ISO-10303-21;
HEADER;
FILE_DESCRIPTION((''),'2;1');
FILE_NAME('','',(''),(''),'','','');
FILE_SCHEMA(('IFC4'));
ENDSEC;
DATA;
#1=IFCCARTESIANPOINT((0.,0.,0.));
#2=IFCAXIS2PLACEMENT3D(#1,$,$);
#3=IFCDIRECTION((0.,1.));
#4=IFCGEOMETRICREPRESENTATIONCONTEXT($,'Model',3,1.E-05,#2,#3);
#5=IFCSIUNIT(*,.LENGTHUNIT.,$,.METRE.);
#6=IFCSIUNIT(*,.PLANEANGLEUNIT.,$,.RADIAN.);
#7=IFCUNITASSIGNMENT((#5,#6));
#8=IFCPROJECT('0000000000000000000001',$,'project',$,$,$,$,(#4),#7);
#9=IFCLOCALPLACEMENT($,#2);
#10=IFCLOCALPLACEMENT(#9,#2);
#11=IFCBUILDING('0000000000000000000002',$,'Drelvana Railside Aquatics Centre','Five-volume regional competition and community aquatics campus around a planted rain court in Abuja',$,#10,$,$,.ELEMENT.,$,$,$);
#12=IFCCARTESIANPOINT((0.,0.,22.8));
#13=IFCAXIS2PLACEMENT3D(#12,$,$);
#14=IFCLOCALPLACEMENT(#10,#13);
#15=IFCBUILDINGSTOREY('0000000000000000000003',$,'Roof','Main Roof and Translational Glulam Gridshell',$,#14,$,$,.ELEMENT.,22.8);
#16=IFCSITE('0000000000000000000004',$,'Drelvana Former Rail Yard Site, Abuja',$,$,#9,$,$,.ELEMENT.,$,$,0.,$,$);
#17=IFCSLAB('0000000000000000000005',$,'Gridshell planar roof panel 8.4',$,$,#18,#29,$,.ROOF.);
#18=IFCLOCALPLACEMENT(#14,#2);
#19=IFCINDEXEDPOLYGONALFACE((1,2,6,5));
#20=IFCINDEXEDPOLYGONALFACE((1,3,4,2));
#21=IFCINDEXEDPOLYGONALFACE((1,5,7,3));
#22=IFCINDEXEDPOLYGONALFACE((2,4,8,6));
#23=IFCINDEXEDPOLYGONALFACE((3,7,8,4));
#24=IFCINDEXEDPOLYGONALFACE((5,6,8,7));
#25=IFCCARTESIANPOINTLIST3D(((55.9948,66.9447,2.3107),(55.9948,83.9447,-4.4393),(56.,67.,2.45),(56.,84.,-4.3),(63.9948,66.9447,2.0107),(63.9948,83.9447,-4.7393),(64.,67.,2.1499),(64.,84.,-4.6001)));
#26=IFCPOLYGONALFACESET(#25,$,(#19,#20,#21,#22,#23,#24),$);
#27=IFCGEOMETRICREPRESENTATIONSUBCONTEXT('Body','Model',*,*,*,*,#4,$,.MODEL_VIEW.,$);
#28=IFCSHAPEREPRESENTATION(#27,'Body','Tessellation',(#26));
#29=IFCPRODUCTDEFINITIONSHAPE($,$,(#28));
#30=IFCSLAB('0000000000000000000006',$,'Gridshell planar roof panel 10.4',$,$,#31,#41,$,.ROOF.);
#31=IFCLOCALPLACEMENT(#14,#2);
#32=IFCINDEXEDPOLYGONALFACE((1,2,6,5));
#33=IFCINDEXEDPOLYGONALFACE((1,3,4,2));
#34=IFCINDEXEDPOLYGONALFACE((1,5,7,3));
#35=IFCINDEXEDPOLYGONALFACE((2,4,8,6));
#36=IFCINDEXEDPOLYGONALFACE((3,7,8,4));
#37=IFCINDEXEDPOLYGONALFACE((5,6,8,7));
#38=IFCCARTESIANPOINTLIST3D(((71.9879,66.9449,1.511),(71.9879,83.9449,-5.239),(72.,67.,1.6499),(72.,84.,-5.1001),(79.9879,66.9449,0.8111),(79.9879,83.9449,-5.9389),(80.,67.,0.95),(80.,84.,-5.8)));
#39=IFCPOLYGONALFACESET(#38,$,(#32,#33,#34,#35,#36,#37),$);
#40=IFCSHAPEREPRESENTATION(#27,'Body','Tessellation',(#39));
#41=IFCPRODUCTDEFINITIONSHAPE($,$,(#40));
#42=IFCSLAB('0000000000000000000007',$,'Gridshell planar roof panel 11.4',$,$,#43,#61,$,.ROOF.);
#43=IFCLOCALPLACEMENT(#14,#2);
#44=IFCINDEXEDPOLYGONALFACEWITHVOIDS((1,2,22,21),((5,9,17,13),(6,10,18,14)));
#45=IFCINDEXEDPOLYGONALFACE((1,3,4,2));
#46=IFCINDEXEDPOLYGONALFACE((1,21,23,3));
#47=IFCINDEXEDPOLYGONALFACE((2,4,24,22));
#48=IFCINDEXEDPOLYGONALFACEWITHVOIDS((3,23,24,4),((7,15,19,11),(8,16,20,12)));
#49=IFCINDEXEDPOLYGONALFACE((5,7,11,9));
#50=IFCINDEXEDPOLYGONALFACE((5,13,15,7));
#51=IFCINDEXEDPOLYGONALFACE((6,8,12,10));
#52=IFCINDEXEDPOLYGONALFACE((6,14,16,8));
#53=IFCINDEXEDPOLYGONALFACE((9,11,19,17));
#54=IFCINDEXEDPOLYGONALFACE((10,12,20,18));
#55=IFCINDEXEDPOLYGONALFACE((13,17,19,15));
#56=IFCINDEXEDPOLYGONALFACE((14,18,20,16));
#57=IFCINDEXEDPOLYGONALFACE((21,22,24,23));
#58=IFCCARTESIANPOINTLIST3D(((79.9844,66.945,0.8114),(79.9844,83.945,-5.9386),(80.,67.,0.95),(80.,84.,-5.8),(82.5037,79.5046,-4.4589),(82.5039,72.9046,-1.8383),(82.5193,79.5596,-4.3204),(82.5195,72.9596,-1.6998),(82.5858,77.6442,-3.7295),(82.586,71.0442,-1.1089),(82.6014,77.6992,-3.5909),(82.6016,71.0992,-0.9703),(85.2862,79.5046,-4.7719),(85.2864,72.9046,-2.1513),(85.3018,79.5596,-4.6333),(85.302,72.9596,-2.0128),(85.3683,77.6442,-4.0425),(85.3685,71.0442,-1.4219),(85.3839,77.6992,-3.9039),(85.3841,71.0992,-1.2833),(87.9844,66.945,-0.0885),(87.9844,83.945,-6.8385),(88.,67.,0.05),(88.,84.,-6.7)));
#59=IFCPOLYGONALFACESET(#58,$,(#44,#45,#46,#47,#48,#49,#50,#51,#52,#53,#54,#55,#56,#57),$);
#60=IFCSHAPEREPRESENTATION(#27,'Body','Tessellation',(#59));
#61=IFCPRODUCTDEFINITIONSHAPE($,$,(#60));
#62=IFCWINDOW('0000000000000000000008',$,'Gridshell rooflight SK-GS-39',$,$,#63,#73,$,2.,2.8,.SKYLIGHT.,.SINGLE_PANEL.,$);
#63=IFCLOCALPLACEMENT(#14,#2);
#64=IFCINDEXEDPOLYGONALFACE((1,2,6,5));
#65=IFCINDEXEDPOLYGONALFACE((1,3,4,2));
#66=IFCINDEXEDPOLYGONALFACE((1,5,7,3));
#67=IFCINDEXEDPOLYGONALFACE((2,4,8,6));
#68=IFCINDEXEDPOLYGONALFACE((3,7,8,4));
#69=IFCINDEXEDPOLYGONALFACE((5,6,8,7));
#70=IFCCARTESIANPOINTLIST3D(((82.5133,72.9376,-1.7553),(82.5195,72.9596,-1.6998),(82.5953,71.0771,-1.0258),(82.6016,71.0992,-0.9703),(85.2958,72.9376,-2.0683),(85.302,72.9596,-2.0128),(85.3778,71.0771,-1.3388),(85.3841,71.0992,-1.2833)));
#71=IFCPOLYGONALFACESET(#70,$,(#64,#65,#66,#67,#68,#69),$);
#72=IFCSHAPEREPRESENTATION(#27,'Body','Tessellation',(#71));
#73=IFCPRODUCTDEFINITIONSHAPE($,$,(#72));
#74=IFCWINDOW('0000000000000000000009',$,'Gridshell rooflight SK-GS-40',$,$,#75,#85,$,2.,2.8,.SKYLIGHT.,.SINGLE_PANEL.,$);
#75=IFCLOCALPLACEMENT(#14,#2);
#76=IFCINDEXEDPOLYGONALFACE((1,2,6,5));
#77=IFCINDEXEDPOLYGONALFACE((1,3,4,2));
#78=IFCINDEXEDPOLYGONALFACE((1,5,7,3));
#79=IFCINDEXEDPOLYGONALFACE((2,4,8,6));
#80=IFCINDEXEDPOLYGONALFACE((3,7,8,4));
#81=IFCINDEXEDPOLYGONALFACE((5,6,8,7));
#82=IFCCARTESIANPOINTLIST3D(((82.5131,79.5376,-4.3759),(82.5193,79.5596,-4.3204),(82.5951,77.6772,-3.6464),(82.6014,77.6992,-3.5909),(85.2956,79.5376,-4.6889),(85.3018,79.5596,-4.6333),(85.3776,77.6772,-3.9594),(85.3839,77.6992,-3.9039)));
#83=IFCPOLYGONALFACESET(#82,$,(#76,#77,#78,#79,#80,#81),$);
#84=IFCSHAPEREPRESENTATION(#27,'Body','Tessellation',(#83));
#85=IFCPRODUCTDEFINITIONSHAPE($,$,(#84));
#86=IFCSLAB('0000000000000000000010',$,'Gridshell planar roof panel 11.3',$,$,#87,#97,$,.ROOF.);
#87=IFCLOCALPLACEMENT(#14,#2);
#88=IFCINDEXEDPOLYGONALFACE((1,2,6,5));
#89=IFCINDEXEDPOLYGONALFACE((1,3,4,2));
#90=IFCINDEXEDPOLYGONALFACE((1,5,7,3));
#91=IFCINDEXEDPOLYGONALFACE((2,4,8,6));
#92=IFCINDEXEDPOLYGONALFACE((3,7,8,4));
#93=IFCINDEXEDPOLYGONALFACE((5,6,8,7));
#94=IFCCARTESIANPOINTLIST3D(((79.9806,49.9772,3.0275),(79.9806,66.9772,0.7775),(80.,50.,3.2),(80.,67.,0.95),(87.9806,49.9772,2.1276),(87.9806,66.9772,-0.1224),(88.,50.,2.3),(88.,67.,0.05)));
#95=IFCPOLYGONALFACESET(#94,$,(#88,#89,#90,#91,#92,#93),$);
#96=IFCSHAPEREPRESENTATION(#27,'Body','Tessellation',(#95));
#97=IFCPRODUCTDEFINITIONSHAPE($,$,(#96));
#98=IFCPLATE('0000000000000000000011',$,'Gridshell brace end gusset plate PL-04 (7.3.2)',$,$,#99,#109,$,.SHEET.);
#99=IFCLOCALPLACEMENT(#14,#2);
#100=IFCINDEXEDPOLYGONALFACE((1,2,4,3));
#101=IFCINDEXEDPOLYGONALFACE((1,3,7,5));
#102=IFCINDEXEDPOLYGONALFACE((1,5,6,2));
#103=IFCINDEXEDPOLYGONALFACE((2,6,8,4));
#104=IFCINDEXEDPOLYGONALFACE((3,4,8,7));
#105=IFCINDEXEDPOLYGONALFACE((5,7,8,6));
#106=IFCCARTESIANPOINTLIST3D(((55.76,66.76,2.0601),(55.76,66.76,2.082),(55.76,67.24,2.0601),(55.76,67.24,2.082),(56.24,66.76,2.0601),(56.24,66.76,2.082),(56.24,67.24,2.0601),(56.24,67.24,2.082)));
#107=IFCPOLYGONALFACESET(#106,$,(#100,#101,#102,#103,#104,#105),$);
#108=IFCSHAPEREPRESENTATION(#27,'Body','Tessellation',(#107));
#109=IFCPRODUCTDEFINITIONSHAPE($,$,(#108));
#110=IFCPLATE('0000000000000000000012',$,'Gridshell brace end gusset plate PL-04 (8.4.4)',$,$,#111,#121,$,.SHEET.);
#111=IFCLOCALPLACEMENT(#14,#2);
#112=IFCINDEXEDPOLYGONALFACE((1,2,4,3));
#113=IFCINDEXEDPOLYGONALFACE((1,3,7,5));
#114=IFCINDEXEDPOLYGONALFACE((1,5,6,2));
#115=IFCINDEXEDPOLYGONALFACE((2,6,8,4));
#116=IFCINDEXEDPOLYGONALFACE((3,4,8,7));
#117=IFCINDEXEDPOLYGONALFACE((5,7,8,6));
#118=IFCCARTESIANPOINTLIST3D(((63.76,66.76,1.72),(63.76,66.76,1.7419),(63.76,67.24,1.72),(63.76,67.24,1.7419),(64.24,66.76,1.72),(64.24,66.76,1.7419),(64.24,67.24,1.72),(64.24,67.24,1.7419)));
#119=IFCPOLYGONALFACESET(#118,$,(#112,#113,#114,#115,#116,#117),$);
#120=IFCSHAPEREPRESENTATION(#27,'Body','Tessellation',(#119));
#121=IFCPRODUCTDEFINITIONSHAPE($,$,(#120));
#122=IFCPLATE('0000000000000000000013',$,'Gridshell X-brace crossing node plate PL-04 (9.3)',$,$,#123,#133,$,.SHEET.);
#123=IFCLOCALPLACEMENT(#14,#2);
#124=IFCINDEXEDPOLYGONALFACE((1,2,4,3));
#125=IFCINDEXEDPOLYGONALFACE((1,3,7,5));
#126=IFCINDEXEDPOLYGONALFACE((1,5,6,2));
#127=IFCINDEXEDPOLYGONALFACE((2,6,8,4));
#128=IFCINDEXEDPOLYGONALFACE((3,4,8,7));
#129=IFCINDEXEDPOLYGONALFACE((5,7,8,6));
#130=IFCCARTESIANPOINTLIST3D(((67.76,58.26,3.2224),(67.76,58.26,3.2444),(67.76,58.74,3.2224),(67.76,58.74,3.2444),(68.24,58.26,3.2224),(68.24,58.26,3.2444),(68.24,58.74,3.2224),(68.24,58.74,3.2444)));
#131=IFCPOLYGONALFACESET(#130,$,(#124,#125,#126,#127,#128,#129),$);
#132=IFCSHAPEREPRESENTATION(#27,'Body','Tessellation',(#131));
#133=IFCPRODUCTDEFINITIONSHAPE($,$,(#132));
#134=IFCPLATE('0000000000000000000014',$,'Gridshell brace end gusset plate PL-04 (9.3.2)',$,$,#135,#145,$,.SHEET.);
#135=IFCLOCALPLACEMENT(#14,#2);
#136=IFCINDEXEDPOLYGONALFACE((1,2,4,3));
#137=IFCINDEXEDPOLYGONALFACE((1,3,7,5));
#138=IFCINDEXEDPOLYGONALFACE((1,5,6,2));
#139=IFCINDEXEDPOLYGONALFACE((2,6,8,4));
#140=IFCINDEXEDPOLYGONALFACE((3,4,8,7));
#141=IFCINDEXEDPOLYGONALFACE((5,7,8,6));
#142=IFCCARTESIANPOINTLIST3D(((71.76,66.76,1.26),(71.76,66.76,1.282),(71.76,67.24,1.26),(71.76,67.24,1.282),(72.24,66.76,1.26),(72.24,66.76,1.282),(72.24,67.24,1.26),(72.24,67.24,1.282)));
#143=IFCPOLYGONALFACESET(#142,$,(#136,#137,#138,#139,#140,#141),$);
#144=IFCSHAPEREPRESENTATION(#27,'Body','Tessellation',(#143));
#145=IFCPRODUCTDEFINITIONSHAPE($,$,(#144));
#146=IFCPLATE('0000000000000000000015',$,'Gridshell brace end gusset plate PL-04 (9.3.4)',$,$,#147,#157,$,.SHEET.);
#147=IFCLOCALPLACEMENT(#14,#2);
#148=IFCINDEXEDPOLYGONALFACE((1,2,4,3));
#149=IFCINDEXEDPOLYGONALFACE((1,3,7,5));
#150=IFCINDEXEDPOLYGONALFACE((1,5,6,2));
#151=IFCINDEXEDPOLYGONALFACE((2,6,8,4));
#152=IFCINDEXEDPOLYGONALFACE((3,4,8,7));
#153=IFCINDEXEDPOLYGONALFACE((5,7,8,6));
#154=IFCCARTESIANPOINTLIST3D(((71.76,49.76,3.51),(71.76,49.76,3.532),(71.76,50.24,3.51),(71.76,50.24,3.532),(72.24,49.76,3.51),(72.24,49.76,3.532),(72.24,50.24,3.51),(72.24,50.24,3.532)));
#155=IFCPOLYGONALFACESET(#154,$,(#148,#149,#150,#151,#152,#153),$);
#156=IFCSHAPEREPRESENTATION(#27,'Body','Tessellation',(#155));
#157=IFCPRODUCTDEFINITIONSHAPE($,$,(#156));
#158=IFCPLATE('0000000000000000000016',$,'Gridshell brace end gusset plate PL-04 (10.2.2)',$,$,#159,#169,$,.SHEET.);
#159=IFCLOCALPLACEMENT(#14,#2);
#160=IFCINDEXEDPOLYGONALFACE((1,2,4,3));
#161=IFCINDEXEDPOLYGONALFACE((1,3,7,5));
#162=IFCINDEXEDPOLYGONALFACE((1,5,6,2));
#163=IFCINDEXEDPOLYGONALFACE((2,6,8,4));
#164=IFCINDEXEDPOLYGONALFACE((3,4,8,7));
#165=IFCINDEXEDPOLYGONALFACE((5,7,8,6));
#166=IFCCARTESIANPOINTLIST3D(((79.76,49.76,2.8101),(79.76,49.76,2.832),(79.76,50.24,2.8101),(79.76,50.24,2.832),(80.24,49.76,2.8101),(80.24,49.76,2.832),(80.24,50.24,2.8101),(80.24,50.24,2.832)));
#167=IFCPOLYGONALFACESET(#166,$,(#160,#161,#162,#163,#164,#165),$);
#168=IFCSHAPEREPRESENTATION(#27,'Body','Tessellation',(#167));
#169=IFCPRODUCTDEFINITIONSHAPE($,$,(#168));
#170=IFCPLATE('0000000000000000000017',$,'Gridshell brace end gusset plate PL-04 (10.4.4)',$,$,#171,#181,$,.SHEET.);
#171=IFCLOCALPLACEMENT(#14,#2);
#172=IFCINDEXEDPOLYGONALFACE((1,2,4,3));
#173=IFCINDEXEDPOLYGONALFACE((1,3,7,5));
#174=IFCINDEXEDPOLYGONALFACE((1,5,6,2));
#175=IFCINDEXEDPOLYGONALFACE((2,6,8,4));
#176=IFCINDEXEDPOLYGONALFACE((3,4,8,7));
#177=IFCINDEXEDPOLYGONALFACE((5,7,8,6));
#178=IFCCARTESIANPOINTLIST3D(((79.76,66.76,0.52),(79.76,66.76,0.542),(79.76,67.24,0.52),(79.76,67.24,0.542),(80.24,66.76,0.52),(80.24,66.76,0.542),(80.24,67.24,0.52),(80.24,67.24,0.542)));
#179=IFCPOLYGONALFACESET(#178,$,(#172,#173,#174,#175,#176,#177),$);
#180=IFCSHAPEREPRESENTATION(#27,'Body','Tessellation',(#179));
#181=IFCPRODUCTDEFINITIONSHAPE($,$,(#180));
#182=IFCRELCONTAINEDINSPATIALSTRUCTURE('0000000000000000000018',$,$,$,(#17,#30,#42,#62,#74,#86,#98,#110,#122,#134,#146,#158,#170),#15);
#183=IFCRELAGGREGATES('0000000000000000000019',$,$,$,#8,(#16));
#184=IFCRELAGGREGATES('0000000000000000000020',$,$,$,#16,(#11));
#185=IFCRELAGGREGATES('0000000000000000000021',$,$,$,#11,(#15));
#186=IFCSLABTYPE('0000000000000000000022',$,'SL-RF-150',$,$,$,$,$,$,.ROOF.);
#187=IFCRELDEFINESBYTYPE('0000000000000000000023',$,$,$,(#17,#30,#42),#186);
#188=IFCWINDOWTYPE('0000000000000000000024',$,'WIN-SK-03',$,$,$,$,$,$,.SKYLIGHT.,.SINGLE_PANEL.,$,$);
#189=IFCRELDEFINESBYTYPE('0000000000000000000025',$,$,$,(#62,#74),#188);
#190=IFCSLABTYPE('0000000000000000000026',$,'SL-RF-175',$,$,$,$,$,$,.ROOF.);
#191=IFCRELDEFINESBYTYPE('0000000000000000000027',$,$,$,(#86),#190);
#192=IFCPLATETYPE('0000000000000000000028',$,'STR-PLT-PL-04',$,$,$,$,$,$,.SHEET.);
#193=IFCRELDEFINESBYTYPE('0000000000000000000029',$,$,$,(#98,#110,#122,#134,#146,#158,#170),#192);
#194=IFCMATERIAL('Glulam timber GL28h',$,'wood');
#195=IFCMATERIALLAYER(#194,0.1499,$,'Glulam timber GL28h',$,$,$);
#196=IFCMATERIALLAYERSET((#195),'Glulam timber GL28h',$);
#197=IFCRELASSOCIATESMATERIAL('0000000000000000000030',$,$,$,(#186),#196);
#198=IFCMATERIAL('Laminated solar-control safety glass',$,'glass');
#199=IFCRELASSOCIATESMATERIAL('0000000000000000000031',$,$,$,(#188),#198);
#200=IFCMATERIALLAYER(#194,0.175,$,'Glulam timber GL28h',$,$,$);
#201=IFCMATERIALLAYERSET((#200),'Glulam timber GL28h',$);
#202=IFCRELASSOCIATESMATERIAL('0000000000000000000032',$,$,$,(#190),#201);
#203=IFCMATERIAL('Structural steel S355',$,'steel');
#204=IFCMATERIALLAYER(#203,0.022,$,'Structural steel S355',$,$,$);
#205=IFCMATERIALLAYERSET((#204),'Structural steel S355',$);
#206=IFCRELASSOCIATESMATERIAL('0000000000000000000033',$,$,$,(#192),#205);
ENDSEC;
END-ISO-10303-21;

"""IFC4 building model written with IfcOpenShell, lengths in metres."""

from ifc_helpers import new_model, si_unit, direction, frame, origin, origin_2d, place, context, subcontext, project, spatial, polyline, rectangle, outline, extrude, material, layer, layer_set, type_object, element, fill, save


model = new_model("IFC4")

# Units and contexts
model_context = context("Model", 3, precision=1e-05, world=origin(), true_north=direction((0.0, 1.0)))
body_context = subcontext(model_context, "Body", "Model", "MODEL_VIEW")
ifc_project = project(units=[si_unit("LENGTHUNIT", "METRE"), si_unit("PLANEANGLEUNIT", "RADIAN")], contexts=[model_context])

# Site, building, storey
site_placement = place(None, origin())
site = spatial("IfcSite", under=ifc_project, at=site_placement, Name="Drelvana Former Rail Yard Site, Abuja", CompositionType="ELEMENT", RefElevation=0.0)
building_placement = place(site_placement, origin())
building = spatial("IfcBuilding", under=site, at=building_placement, Name="Drelvana Railside Aquatics Centre", Description="Five-volume regional competition and community aquatics campus around a planted rain court in Abuja", CompositionType="ELEMENT")
storey_placement = place(building_placement, frame((0.0, 0.0, 22.8)))
storey = spatial("IfcBuildingStorey", under=building, at=storey_placement, Name="Roof", Description="Main Roof and Translational Glulam Gridshell", CompositionType="ELEMENT", Elevation=22.8)

# Shared definitions
ifc_material_1 = material(Name="Glulam timber GL28h", Category="wood")

# Slab
ifc_layer_1 = layer(ifc_material_1, 0.1499, Name="Glulam timber GL28h")
ifc_layer_set_1 = layer_set([ifc_layer_1], Name="Glulam timber GL28h")
slab_type_1 = type_object("IfcSlabType", Name="SL-RF-150", PredefinedType="ROOF", material=ifc_layer_set_1)
slab_1_placement = place(storey_placement, frame((56.0, 67.0, 2.45), z_axis=(0.034838, 0.368809, 0.928852), x_axis=(0.999297, 0.0, -0.03748)))
element("IfcSlab", 1, at=slab_1_placement, inside=storey, type_object=slab_type_1, Name="Gridshell planar roof panel 8.4", PredefinedType="ROOF", context=body_context, shape_type="SweptSolid", body=[
    extrude(outline(polyline([(0.0, 0.0), (8.0056, 0.0), (8.2586, 18.2893), (0.253, 18.2893), (0.0, 0.0)])), origin(), (0.0, 0.0, -1.0), 0.1499),
])

# Shared definitions
ifc_material_2 = material(Name="Laminated solar-control safety glass", Category="glass")
window_type_1 = type_object("IfcWindowType", Name="WIN-SK-03", PartitioningType="SINGLE_PANEL", PredefinedType="SKYLIGHT", material=ifc_material_2)

# Slab
slab_2_placement = place(storey_placement, frame((72.0, 67.0, 1.6499), z_axis=(0.081051, 0.367819, 0.926359), x_axis=(0.996194, 0.0, -0.087161)))
element("IfcSlab", 2, at=slab_2_placement, inside=storey, type_object=slab_type_1, Name="Gridshell planar roof panel 10.4", PredefinedType="ROOF", context=body_context, shape_type="SweptSolid", body=[
    extrude(outline(polyline([(0.0, 0.0), (8.0306, 0.0), (8.6189, 18.2816), (0.5883, 18.2816), (0.0, 0.0)])), origin(), (0.0, 0.0, -1.0), 0.1499),
])

# Slab, openings, windows
slab_3_placement = place(storey_placement, frame((80.0, 67.0, 0.95), z_axis=(0.103981, 0.367033, 0.924378), x_axis=(0.993733, 0.0, -0.111783)))
slab_3 = element("IfcSlab", 3, at=slab_3_placement, inside=storey, type_object=slab_type_1, Name="Gridshell planar roof panel 11.4", PredefinedType="ROOF", context=body_context, shape_type="SweptSolid", body=[
    extrude(outline(polyline([(0.0, 0.0), (8.0505, 0.0), (8.805, 18.2755), (0.7545, 18.2755), (0.0, 0.0)])), origin(), (0.0, 0.0, -1.0), 0.1499),
])
opening_1_placement = place(slab_3_placement, frame((4.2, 5.4067, 0.01)))
opening_1 = element("IfcOpeningElement", 4, at=opening_1_placement, cuts=slab_3, PredefinedType="OPENING", context=body_context, shape_type="SweptSolid", body=[
    extrude(rectangle(XDim=2.8, YDim=2.0, at=origin_2d()), origin(), (0.0, 0.0, -1.0), 0.1699),
])
opening_2_placement = place(slab_3_placement, frame((4.4927, 12.502, 0.01)))
opening_2 = element("IfcOpeningElement", 5, at=opening_2_placement, cuts=slab_3, PredefinedType="OPENING", context=body_context, shape_type="SweptSolid", body=[
    extrude(rectangle(XDim=2.8, YDim=2.0, at=origin_2d()), origin(), (0.0, 0.0, -1.0), 0.1699),
])
window_1_placement = place(slab_3_placement, frame((4.2, 5.4067, 0.0)))
window_1 = element("IfcWindow", 6, at=window_1_placement, inside=storey, type_object=window_type_1, Name="Gridshell rooflight SK-GS-39", OverallHeight=2.0, OverallWidth=2.8, PartitioningType="SINGLE_PANEL", PredefinedType="SKYLIGHT", context=body_context, shape_type="SweptSolid", body=[
    extrude(rectangle(XDim=2.8, YDim=2.0, at=origin_2d()), origin(), (0.0, 0.0, -1.0), 0.0601),
])
fill(opening_1, window_1)
window_2_placement = place(slab_3_placement, frame((4.4927, 12.502, 0.0)))
window_2 = element("IfcWindow", 7, at=window_2_placement, inside=storey, type_object=window_type_1, Name="Gridshell rooflight SK-GS-40", OverallHeight=2.0, OverallWidth=2.8, PartitioningType="SINGLE_PANEL", PredefinedType="SKYLIGHT", context=body_context, shape_type="SweptSolid", body=[
    extrude(rectangle(XDim=2.8, YDim=2.0, at=origin_2d()), origin(), (0.0, 0.0, -1.0), 0.0601),
])
fill(opening_2, window_2)
ifc_layer_2 = layer(ifc_material_1, 0.175, Name="Glulam timber GL28h")
ifc_layer_set_2 = layer_set([ifc_layer_2], Name="Glulam timber GL28h")
slab_type_2 = type_object("IfcSlabType", Name="SL-RF-175", PredefinedType="ROOF", material=ifc_layer_set_2)

# Slab
slab_4_placement = place(storey_placement, frame((80.0, 50.0, 3.2), z_axis=(0.110828, 0.1304, 0.985248), x_axis=(0.993733, 0.0, -0.111783)))
element("IfcSlab", 8, at=slab_4_placement, inside=storey, type_object=slab_type_2, Name="Gridshell planar roof panel 11.3", PredefinedType="ROOF", context=body_context, shape_type="SweptSolid", body=[
    extrude(outline(polyline([(0.0, 0.0), (8.0505, 0.0), (8.302, 17.1464), (0.2515, 17.1464), (0.0, 0.0)])), origin(), (0.0, 0.0, -1.0), 0.175),
])

# Plates
ifc_material_3 = material(Name="Structural steel S355", Category="steel")
ifc_layer_3 = layer(ifc_material_3, 0.022, Name="Structural steel S355")
ifc_layer_set_3 = layer_set([ifc_layer_3], Name="Structural steel S355")
plate_type = type_object("IfcPlateType", Name="STR-PLT-PL-04", PredefinedType="SHEET", material=ifc_layer_set_3)
for number, where, z_axis, x_axis, name in (
    (9, (56.0, 67.0, 2.0601), (0.0, 0.0, 1.0), (1.0, 0.0, 0.0), "Gridshell brace end gusset plate PL-04 (7.3.2)"),
    (10, (64.0, 67.0, 1.72), (0.0, 0.0, 1.0), (1.0, 0.0, 0.0), "Gridshell brace end gusset plate PL-04 (8.4.4)"),
    (11, (68.0, 58.5, 3.2224), (0.0, 0.0, 1.0), (1.0, 0.0, 0.0), "Gridshell X-brace crossing node plate PL-04 (9.3)"),
    (12, (72.0, 67.0, 1.26), (0.0, 0.0, 1.0), (1.0, 0.0, 0.0), "Gridshell brace end gusset plate PL-04 (9.3.2)"),
    (13, (72.0, 50.0, 3.51), (0.0, 0.0, 1.0), (1.0, 0.0, 0.0), "Gridshell brace end gusset plate PL-04 (9.3.4)"),
    (14, (80.0, 50.0, 2.8101), (0.0, 0.0, 1.0), (1.0, 0.0, 0.0), "Gridshell brace end gusset plate PL-04 (10.2.2)"),
    (15, (80.0, 67.0, 0.52), (0.0, 0.0, 1.0), (1.0, 0.0, 0.0), "Gridshell brace end gusset plate PL-04 (10.4.4)"),
):
    element("IfcPlate", number, at=place(storey_placement, frame(where, z_axis=z_axis, x_axis=x_axis)), inside=storey, type_object=plate_type, Name=name, PredefinedType="SHEET", context=body_context, shape_type="SweptSolid", body=[
        extrude(rectangle(XDim=0.48, YDim=0.48, at=origin_2d()), origin(), (0.0, 0.0, 1.0), 0.022),
    ])

save(model, "model.ifc")
